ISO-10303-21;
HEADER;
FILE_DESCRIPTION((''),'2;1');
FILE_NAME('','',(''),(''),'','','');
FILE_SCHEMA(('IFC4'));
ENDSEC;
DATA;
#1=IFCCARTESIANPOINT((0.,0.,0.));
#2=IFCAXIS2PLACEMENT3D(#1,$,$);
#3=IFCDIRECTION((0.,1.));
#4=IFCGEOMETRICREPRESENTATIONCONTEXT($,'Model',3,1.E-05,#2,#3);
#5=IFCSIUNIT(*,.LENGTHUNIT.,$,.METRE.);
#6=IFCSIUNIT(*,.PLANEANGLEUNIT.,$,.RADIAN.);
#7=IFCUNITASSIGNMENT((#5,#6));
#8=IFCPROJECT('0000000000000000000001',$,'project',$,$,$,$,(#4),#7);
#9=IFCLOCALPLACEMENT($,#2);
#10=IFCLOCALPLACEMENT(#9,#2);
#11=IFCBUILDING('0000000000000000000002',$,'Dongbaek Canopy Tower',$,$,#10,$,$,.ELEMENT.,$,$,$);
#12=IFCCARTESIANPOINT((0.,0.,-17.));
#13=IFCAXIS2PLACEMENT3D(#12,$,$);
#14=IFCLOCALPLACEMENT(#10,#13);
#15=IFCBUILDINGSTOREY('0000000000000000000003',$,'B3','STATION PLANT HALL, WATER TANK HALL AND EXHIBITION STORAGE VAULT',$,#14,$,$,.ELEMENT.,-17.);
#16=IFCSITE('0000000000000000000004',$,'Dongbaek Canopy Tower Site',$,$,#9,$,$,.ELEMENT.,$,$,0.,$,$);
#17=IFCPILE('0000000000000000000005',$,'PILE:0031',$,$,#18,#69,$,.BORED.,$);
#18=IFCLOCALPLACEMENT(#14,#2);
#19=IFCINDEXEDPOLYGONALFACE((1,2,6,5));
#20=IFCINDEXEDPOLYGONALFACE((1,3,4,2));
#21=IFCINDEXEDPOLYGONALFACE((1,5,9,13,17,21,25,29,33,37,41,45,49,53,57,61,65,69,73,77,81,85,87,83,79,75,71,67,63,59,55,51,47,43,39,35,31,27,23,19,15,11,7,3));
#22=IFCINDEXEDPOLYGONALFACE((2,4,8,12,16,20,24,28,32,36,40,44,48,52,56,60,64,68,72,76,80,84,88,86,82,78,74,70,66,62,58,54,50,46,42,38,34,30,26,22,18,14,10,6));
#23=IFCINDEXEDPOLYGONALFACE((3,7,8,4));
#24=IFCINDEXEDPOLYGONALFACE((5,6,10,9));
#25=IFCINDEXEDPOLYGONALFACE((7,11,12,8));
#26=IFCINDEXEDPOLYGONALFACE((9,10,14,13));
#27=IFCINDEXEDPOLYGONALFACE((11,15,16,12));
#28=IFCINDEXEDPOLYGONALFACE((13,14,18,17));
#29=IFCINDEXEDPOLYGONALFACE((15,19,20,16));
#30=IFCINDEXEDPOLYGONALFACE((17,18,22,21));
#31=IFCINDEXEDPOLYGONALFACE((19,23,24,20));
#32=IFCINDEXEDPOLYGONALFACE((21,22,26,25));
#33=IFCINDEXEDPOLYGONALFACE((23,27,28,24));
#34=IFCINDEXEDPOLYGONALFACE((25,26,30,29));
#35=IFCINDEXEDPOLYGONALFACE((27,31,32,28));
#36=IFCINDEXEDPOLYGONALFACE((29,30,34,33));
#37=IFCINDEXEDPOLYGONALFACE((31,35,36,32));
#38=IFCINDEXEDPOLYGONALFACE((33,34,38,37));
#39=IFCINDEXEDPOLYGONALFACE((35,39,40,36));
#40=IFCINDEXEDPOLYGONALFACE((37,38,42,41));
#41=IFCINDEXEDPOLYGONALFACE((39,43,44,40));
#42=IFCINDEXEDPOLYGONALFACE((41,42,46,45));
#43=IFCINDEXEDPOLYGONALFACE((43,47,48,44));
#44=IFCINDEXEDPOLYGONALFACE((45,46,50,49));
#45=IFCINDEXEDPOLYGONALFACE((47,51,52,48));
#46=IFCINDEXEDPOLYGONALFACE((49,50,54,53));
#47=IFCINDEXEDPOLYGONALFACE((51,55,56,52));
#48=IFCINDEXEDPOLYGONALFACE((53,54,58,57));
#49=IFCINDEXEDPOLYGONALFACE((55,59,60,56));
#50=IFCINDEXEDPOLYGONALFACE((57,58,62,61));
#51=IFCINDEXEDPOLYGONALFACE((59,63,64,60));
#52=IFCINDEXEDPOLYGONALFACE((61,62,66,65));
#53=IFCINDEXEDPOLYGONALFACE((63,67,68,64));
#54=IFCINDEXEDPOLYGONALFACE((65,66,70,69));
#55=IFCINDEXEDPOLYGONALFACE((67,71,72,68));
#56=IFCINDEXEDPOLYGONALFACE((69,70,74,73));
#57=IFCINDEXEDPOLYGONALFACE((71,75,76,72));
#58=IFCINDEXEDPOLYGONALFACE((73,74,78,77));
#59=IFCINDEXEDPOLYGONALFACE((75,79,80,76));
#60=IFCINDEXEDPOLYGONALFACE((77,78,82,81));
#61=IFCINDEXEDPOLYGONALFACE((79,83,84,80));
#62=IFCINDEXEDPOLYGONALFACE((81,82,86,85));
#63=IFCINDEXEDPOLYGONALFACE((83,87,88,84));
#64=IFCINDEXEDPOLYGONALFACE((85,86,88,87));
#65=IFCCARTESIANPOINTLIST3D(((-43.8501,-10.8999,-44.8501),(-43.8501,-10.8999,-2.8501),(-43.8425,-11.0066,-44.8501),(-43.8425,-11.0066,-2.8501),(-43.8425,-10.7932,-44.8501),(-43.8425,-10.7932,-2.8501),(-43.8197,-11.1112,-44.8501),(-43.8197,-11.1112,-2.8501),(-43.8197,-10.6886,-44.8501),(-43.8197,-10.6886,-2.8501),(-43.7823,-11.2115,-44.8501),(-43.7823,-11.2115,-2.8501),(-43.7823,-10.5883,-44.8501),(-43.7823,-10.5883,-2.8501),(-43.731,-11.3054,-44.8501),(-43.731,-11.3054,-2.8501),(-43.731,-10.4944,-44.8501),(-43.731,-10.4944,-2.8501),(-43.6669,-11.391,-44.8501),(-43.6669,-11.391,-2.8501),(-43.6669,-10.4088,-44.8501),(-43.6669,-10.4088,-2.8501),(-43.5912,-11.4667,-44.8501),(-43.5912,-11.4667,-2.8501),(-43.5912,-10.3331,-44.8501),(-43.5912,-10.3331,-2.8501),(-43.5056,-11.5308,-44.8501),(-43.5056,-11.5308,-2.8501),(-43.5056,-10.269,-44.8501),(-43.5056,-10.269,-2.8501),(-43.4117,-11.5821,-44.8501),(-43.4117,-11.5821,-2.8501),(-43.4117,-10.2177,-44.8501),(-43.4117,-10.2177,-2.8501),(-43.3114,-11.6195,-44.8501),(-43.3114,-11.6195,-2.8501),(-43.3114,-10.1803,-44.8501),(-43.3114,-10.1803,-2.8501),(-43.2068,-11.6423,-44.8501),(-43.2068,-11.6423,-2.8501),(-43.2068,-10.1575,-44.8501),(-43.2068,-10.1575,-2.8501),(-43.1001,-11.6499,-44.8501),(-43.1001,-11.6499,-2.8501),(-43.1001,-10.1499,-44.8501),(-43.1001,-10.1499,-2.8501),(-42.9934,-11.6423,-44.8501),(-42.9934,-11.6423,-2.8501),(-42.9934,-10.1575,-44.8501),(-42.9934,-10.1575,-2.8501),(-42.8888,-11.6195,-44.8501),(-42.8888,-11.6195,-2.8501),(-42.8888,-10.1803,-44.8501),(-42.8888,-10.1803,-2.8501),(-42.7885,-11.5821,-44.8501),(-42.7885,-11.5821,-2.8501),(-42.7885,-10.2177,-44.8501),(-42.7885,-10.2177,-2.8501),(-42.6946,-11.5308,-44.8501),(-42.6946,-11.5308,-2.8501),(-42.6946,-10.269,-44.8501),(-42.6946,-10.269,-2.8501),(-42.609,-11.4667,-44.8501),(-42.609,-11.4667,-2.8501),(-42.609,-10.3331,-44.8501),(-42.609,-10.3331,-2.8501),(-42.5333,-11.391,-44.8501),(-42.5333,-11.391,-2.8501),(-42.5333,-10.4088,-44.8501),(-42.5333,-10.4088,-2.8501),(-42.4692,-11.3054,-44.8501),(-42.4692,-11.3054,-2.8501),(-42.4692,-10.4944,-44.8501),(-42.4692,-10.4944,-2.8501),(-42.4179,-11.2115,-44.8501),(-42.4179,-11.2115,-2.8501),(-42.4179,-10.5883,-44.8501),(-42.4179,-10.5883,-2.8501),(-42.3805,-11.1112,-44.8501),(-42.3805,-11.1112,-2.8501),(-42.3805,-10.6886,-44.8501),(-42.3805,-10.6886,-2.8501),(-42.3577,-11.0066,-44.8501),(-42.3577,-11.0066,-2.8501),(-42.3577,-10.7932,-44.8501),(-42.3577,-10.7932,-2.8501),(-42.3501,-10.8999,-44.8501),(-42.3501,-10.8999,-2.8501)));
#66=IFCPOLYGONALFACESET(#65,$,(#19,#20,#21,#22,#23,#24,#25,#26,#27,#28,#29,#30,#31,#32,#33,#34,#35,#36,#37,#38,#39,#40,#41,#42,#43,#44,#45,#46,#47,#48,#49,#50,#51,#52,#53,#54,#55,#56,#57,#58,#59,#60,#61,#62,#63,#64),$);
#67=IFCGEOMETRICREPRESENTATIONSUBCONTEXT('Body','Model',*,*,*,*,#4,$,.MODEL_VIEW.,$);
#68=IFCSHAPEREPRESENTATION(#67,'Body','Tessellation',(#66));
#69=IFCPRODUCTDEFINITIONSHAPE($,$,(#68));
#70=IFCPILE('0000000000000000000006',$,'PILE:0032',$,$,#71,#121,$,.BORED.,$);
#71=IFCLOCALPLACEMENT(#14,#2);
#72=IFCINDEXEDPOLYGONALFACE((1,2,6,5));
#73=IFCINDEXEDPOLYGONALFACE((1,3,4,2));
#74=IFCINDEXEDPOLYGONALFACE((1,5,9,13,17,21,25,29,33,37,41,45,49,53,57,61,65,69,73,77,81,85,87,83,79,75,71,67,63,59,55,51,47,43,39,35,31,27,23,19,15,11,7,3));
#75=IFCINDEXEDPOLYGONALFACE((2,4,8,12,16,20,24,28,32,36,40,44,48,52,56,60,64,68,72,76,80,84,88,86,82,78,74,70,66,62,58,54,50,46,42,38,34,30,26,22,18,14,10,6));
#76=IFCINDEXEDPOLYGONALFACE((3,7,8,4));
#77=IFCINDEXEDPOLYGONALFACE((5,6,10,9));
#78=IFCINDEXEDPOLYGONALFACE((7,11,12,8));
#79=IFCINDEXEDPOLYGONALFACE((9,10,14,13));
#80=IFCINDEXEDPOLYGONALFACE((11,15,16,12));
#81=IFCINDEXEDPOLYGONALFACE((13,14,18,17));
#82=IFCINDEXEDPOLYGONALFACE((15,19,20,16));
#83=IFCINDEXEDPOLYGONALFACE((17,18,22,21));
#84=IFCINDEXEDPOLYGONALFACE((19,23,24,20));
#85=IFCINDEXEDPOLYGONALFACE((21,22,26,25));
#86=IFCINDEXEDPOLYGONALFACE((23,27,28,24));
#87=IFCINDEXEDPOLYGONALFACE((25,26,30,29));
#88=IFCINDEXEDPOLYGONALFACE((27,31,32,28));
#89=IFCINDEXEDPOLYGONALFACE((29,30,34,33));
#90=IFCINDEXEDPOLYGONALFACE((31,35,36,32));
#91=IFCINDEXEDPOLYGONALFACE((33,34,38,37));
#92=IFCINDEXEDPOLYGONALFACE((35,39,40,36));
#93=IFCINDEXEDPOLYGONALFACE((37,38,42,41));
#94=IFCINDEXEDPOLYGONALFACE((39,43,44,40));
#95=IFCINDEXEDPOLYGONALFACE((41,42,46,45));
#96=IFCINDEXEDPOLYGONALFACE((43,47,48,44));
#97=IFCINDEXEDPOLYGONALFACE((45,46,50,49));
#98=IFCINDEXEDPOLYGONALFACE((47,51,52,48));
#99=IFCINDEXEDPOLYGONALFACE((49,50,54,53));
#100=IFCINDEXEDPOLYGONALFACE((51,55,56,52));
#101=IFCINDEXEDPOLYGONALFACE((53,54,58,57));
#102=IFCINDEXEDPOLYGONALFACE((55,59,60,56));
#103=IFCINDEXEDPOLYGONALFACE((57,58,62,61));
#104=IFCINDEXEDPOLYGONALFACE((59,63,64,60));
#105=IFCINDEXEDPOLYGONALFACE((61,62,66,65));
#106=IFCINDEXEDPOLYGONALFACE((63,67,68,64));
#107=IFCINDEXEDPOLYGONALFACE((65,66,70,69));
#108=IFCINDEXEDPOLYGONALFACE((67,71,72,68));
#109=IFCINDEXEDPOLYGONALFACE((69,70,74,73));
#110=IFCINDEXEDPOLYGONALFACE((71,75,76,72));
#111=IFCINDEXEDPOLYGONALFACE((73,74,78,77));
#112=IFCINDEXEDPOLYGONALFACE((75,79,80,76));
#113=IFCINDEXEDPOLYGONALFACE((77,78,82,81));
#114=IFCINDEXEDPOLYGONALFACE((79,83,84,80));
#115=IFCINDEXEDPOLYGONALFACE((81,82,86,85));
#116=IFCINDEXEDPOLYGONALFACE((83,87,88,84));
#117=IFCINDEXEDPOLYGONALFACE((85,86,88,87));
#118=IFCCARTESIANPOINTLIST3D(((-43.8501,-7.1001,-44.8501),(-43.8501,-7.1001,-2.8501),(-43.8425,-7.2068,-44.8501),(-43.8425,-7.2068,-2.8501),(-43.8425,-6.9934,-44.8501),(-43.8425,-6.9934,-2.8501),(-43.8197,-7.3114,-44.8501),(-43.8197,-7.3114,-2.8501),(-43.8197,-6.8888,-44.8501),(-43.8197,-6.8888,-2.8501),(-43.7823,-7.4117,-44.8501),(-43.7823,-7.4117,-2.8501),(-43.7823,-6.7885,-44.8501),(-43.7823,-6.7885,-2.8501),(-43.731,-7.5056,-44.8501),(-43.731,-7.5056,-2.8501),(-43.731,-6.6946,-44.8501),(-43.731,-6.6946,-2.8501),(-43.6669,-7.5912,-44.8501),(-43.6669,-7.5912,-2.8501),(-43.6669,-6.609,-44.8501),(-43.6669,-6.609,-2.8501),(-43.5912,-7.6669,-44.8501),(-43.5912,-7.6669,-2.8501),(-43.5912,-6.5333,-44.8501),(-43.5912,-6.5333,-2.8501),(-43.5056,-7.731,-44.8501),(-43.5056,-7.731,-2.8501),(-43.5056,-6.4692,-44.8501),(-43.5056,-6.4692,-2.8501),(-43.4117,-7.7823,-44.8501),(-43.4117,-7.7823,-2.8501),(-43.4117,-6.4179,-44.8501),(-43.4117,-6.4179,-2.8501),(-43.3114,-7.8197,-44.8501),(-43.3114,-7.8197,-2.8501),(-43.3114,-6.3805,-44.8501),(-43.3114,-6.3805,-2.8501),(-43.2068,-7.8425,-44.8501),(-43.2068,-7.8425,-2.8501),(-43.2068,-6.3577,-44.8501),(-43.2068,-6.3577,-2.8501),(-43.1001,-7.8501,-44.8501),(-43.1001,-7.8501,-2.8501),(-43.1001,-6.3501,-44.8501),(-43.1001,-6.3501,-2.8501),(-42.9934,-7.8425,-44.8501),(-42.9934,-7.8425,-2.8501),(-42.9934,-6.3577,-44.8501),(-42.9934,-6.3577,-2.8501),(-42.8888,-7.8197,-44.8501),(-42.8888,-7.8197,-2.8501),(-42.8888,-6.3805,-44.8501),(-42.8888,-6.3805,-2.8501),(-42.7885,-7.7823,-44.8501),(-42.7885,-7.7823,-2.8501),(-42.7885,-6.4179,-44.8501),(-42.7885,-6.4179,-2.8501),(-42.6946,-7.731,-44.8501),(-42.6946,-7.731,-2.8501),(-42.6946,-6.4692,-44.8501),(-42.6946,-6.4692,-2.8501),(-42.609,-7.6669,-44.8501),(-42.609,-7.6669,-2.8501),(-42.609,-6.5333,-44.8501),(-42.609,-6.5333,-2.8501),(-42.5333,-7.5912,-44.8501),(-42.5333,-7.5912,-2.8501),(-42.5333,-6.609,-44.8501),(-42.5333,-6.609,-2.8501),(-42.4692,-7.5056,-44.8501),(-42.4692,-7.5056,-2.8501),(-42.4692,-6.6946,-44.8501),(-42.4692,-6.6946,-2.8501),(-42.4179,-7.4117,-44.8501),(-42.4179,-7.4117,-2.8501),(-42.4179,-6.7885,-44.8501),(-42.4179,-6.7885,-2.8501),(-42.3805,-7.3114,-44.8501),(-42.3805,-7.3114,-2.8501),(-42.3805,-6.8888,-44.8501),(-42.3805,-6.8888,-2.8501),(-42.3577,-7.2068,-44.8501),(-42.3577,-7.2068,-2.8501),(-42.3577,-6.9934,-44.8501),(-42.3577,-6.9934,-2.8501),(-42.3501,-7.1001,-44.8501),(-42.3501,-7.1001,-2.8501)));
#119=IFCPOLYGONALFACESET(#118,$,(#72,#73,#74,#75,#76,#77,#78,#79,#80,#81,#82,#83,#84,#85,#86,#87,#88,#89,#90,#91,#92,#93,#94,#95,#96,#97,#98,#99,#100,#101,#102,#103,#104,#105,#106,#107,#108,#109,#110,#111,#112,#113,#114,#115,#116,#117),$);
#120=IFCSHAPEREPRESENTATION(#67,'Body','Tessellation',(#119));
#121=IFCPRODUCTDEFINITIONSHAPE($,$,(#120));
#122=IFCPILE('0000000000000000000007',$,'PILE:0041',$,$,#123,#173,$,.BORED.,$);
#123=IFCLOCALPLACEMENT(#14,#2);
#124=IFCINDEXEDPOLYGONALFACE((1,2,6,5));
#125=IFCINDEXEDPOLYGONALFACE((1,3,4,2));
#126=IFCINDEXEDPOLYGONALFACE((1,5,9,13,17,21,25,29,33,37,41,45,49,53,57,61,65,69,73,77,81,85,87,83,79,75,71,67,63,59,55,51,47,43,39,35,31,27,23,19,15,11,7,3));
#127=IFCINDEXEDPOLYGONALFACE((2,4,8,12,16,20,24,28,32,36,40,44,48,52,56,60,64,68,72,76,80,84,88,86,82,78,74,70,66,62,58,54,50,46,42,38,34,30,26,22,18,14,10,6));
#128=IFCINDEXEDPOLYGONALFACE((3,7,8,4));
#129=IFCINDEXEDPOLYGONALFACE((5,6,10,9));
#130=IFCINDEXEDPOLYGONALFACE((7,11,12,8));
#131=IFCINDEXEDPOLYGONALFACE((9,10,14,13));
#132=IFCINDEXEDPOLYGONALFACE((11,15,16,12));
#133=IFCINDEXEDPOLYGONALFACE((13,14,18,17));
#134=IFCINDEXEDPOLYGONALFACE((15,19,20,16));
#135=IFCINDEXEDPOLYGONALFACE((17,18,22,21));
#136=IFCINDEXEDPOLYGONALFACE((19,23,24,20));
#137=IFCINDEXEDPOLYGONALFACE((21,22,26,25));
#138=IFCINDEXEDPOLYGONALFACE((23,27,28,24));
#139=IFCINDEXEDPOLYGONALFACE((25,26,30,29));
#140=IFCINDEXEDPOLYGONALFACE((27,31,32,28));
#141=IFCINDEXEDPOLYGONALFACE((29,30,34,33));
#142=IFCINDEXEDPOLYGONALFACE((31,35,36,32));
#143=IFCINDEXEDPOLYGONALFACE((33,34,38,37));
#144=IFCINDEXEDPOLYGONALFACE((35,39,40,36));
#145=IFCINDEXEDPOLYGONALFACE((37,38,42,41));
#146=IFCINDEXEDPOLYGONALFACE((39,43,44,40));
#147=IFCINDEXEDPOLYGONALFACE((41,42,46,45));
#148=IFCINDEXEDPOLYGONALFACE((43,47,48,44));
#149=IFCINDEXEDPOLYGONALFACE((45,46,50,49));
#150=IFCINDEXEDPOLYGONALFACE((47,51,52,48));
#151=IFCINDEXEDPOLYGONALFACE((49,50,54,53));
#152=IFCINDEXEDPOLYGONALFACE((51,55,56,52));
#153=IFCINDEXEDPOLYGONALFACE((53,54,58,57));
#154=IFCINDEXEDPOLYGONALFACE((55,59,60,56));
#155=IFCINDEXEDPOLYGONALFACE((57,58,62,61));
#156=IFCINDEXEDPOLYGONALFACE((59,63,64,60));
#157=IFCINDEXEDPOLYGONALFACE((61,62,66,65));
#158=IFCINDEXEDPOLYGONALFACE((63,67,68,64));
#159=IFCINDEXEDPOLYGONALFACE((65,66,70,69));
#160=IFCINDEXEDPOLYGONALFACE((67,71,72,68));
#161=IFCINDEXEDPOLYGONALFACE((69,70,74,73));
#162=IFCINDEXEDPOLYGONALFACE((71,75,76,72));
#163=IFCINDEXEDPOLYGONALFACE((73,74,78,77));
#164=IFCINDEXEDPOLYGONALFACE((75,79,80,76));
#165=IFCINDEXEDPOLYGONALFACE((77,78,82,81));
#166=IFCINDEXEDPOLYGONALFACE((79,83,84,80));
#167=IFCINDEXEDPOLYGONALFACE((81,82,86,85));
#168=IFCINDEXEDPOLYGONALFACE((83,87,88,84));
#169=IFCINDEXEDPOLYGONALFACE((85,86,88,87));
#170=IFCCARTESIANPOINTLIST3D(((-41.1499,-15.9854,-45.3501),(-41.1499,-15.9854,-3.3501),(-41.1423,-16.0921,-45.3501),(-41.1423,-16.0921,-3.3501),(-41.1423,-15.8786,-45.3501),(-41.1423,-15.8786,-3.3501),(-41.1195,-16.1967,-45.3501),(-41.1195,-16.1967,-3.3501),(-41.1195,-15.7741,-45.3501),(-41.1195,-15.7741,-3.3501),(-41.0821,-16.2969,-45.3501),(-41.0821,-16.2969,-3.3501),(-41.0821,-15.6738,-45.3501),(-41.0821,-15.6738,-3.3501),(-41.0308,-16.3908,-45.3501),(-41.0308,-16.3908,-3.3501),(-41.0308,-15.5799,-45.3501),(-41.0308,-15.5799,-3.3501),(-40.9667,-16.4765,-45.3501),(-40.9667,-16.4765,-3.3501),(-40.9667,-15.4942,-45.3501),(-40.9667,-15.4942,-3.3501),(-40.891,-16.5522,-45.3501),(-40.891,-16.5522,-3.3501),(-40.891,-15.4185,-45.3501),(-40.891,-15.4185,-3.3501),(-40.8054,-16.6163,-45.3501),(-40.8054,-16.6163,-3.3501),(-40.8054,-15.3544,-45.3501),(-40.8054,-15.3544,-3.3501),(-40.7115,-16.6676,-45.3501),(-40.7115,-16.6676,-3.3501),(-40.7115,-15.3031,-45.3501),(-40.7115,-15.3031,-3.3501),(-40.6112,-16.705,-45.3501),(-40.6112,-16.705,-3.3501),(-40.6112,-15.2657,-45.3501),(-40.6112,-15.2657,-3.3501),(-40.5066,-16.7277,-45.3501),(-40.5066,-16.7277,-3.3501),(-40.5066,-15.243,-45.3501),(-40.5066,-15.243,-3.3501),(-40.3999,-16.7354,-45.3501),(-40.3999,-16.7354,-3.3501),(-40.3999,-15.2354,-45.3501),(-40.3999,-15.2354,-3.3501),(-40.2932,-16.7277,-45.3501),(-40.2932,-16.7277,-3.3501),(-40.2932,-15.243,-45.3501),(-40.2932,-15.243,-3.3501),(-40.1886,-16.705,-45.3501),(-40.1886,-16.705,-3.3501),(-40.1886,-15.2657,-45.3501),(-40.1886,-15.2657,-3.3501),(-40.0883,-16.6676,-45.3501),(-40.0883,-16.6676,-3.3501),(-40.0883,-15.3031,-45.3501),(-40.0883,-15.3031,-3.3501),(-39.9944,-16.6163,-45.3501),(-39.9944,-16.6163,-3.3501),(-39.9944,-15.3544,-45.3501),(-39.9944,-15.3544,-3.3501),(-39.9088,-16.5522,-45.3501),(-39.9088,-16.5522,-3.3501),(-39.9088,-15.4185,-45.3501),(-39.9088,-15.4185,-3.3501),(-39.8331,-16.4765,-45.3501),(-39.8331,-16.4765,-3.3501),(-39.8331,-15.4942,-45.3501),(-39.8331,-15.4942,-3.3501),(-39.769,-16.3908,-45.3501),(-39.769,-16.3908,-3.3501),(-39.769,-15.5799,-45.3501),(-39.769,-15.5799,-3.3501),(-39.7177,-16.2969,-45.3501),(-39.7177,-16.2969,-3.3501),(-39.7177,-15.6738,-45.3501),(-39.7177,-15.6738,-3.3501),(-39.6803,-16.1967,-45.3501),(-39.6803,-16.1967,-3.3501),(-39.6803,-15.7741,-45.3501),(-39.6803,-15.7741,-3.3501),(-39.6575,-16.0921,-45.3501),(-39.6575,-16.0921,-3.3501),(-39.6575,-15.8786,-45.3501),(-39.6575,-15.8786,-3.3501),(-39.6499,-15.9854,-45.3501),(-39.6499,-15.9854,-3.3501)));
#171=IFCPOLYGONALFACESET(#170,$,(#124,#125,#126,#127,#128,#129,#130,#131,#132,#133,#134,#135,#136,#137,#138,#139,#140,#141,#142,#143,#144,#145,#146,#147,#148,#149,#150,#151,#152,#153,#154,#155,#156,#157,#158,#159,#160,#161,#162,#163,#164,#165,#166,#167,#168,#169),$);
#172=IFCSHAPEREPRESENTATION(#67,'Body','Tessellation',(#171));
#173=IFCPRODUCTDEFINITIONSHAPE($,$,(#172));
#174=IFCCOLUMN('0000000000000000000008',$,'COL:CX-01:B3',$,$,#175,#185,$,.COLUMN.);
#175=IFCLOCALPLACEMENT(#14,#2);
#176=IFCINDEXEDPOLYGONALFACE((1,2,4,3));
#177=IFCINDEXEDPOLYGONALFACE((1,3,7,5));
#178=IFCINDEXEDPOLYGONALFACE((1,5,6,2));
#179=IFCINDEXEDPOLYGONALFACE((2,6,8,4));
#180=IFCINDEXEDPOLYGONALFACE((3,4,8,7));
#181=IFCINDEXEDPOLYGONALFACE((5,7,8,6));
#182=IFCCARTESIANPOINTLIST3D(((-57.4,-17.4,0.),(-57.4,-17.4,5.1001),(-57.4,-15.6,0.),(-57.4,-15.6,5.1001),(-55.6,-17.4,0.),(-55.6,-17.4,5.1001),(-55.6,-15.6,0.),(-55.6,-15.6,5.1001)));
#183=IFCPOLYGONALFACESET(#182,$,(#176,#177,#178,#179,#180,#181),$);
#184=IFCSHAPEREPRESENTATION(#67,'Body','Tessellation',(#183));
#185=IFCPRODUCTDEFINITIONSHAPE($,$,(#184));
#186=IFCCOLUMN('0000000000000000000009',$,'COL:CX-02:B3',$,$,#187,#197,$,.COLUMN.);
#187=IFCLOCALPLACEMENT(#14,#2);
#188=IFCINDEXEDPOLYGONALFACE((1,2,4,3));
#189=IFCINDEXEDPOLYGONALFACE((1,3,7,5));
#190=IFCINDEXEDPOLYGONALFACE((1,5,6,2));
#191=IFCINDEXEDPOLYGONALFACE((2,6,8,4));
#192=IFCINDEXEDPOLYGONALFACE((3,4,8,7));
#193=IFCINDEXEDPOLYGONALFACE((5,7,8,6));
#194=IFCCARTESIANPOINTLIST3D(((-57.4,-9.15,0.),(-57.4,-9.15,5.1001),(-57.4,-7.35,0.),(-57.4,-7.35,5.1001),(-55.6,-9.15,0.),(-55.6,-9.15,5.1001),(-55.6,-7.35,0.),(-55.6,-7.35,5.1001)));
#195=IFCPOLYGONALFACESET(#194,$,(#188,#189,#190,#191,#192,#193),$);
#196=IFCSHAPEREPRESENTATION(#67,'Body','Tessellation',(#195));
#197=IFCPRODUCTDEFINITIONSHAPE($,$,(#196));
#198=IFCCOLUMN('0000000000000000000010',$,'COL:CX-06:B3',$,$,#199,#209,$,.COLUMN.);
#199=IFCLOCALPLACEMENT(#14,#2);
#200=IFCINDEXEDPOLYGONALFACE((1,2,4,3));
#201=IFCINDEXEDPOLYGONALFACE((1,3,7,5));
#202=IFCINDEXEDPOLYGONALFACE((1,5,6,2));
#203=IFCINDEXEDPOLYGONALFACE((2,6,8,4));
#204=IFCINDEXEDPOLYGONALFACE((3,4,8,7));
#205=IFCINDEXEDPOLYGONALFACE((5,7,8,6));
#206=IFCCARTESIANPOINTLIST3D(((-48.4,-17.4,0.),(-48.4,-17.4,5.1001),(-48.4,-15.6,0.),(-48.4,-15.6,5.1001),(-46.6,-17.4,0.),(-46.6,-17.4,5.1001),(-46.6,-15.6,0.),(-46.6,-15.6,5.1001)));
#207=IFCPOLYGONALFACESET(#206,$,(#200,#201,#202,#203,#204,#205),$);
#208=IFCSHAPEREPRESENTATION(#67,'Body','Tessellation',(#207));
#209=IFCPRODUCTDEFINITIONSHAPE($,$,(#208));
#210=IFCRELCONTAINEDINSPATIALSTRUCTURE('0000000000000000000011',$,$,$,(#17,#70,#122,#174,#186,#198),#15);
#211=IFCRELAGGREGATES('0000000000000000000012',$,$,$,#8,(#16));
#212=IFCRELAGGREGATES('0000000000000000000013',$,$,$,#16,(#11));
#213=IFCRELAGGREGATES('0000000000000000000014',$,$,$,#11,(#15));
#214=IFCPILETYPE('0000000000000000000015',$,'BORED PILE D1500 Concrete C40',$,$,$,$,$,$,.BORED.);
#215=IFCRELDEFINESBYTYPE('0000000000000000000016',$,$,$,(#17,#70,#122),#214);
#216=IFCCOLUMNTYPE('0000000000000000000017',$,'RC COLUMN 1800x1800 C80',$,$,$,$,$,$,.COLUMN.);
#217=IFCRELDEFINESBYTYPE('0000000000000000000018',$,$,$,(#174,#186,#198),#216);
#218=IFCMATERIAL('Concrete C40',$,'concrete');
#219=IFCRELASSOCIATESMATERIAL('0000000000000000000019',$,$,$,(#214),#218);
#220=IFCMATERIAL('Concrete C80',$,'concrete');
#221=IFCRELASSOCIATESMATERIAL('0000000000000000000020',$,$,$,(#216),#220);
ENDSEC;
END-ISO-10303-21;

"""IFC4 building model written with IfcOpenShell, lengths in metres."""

from ifc_helpers import new_model, si_unit, direction, frame, origin, origin_2d, place, context, subcontext, project, spatial, rectangle, circle, extrude, material, material_profile, profile_set, type_object, element, save


model = new_model("IFC4")

# Units and contexts
model_context = context("Model", 3, precision=1e-05, world=origin(), true_north=direction((0.0, 1.0)))
body_context = subcontext(model_context, "Body", "Model", "MODEL_VIEW")
ifc_project = project(units=[si_unit("LENGTHUNIT", "METRE"), si_unit("PLANEANGLEUNIT", "RADIAN")], contexts=[model_context])

# Site, building, storey
site_placement = place(None, origin())
site = spatial("IfcSite", under=ifc_project, at=site_placement, Name="Dongbaek Canopy Tower Site", CompositionType="ELEMENT", RefElevation=0.0)
building_placement = place(site_placement, origin())
building = spatial("IfcBuilding", under=site, at=building_placement, Name="Dongbaek Canopy Tower", CompositionType="ELEMENT")
storey_placement = place(building_placement, frame((0.0, 0.0, -17.0)))
storey = spatial("IfcBuildingStorey", under=building, at=storey_placement, Name="B3", Description="STATION PLANT HALL, WATER TANK HALL AND EXHIBITION STORAGE VAULT", CompositionType="ELEMENT", Elevation=-17.0)

# Piles
ifc_material_1 = material(Name="Concrete C40", Category="concrete")
ifc_material_profile_1 = material_profile(ifc_material_1, circle(Radius=0.75, at=origin_2d()), Name="BORED PILE D1500 Concrete C40")
ifc_profile_set_1 = profile_set([ifc_material_profile_1], Name="Concrete C40")
pile_type = type_object("IfcPileType", Name="BORED PILE D1500 Concrete C40", PredefinedType="BORED", material=ifc_profile_set_1)
for number, where, z_axis, x_axis, name in (
    (1, (-43.1001, -10.8999, -2.8501), (0.0, 0.0, -1.0), (1.0, 0.0, 0.0), "PILE:0031"),
    (2, (-43.1001, -7.1001, -2.8501), (0.0, 0.0, -1.0), (1.0, 0.0, 0.0), "PILE:0032"),
    (3, (-40.3999, -15.9854, -3.3501), (0.0, 0.0, -1.0), (1.0, 0.0, 0.0), "PILE:0041"),
):
    element("IfcPile", number, at=place(storey_placement, frame(where, z_axis=z_axis, x_axis=x_axis)), inside=storey, type_object=pile_type, Name=name, PredefinedType="BORED", context=body_context, shape_type="SweptSolid", body=[
        extrude(circle(Radius=0.75, at=origin_2d()), origin(), (0.0, 0.0, 1.0), 42.0),
    ])

# Columns
ifc_material_2 = material(Name="Concrete C80", Category="concrete")
ifc_material_profile_2 = material_profile(ifc_material_2, rectangle(XDim=1.8, YDim=1.8, at=origin_2d()), Name="RC COLUMN 1800x1800 C80")
ifc_profile_set_2 = profile_set([ifc_material_profile_2], Name="Concrete C80")
column_type = type_object("IfcColumnType", Name="RC COLUMN 1800x1800 C80", PredefinedType="COLUMN", material=ifc_profile_set_2)
for number, where, z_axis, x_axis, name in (
    (4, (-56.5, -16.5, 0.0), (0.0, 0.0, 1.0), (1.0, 0.0, 0.0), "COL:CX-01:B3"),
    (5, (-56.5, -8.25, 0.0), (0.0, 0.0, 1.0), (1.0, 0.0, 0.0), "COL:CX-02:B3"),
    (6, (-47.5, -16.5, 0.0), (0.0, 0.0, 1.0), (1.0, 0.0, 0.0), "COL:CX-06:B3"),
):
    element("IfcColumn", number, at=place(storey_placement, frame(where, z_axis=z_axis, x_axis=x_axis)), inside=storey, type_object=column_type, Name=name, PredefinedType="COLUMN", context=body_context, shape_type="SweptSolid", body=[
        extrude(rectangle(XDim=1.8, YDim=1.8, at=origin_2d()), origin(), (0.0, 0.0, 1.0), 5.1001),
    ])

save(model, "model.ifc")
